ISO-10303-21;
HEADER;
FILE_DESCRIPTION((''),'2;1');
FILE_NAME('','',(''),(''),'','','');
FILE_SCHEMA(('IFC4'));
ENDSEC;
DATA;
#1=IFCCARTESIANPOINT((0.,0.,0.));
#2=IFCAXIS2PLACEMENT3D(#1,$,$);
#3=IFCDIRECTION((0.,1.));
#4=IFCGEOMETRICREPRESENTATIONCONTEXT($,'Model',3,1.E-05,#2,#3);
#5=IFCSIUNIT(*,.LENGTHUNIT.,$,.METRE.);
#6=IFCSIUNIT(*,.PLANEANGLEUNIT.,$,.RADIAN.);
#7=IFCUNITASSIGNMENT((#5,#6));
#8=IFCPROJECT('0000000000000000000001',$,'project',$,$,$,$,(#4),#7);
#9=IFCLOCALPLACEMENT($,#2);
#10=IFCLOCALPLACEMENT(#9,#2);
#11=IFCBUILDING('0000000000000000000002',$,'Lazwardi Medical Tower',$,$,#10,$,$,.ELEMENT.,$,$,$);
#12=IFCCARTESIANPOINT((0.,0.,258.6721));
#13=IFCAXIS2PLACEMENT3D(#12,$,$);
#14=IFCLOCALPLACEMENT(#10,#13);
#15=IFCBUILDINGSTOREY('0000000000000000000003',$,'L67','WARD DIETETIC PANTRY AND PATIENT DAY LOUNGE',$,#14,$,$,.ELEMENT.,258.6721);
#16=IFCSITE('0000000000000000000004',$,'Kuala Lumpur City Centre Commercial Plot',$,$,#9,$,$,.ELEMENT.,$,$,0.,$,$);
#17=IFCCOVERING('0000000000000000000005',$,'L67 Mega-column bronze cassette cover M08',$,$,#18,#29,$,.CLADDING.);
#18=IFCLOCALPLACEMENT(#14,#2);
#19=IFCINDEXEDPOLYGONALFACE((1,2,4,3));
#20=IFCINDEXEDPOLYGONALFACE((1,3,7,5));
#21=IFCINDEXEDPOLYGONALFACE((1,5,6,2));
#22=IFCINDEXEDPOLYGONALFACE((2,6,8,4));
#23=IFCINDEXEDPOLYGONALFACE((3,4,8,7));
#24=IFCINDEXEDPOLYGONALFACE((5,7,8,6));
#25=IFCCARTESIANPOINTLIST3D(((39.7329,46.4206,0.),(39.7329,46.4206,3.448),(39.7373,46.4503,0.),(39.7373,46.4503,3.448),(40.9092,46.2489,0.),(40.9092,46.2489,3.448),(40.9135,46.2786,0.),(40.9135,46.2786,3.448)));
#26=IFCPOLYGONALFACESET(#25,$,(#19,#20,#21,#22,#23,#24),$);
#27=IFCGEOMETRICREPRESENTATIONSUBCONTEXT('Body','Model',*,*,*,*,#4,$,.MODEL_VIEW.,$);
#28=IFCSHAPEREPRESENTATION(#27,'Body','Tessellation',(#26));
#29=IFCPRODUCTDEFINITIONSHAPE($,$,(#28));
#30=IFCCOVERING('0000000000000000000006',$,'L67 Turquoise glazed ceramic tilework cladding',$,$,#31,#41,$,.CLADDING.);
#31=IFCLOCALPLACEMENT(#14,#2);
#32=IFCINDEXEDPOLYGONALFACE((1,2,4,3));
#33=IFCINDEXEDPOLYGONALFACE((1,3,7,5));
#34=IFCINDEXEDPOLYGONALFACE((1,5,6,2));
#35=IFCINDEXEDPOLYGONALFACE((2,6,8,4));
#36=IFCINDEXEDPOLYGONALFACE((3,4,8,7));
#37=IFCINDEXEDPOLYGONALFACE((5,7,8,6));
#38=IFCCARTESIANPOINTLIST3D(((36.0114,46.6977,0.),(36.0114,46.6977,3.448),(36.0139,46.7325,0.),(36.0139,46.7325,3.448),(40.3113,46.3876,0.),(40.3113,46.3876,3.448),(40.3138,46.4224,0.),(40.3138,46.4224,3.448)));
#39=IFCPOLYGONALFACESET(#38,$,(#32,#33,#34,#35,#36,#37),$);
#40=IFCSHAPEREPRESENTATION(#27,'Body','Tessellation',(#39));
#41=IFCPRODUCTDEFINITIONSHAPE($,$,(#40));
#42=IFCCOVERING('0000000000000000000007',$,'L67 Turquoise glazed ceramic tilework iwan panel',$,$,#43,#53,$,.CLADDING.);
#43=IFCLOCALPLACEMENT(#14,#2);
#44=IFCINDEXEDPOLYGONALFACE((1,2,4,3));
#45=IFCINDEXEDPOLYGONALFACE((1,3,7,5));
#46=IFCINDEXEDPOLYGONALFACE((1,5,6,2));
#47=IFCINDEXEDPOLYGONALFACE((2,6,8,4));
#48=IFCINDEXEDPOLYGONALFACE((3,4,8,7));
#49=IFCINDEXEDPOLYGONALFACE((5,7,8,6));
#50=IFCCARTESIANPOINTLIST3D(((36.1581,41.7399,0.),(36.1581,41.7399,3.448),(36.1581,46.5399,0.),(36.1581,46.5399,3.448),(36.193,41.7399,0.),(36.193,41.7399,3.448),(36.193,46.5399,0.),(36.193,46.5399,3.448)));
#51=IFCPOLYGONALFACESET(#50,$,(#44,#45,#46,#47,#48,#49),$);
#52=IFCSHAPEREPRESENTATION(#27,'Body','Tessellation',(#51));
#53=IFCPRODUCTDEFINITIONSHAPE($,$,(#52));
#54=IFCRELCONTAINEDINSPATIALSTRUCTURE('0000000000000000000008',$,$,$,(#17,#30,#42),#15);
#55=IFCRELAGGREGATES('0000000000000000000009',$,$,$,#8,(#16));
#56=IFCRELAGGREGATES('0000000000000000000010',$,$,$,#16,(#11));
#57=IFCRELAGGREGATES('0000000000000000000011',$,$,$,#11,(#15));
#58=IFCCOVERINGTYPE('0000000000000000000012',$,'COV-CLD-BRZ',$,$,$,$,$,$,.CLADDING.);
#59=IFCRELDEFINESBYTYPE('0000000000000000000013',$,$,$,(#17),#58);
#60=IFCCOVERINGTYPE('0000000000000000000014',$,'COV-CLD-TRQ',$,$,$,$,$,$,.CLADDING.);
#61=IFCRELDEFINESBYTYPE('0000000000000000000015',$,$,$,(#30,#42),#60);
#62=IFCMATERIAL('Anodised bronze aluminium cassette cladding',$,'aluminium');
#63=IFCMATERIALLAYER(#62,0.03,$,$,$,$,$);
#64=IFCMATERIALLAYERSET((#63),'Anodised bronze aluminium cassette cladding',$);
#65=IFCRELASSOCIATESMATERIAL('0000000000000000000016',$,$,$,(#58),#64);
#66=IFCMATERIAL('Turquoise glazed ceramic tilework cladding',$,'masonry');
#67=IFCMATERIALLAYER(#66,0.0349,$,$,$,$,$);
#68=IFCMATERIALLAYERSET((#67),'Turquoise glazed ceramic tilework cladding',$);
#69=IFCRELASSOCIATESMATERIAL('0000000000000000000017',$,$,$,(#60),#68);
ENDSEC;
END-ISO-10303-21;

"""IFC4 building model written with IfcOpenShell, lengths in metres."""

from ifc_helpers import new_model, si_unit, direction, frame, origin, origin_2d, place, context, subcontext, project, spatial, rectangle, extrude, material, layer, layer_set, type_object, element, save


model = new_model("IFC4")

# Units and contexts
model_context = context("Model", 3, precision=1e-05, world=origin(), true_north=direction((0.0, 1.0)))
body_context = subcontext(model_context, "Body", "Model", "MODEL_VIEW")
ifc_project = project(units=[si_unit("LENGTHUNIT", "METRE"), si_unit("PLANEANGLEUNIT", "RADIAN")], contexts=[model_context])

# Site, building, storey
site_placement = place(None, origin())
site = spatial("IfcSite", under=ifc_project, at=site_placement, Name="Kuala Lumpur City Centre Commercial Plot", CompositionType="ELEMENT", RefElevation=0.0)
building_placement = place(site_placement, origin())
building = spatial("IfcBuilding", under=site, at=building_placement, Name="Lazwardi Medical Tower", CompositionType="ELEMENT")
storey_placement = place(building_placement, frame((0.0, 0.0, 258.6721)))
storey = spatial("IfcBuildingStorey", under=building, at=storey_placement, Name="L67", Description="WARD DIETETIC PANTRY AND PATIENT DAY LOUNGE", CompositionType="ELEMENT", Elevation=258.6721)

# Coverings
ifc_material_1 = material(Name="Anodised bronze aluminium cassette cladding", Category="aluminium")
ifc_layer_1 = layer(ifc_material_1, 0.03)
ifc_layer_set_1 = layer_set([ifc_layer_1], Name="Anodised bronze aluminium cassette cladding")
covering_type_1 = type_object("IfcCoveringType", Name="COV-CLD-BRZ", PredefinedType="CLADDING", material=ifc_layer_set_1)
covering_1_placement = place(storey_placement, frame((40.3232, 46.3496, 0.0), z_axis=(0.0, 0.0, 1.0), x_axis=(-0.989512, 0.144448, 0.0)))
element("IfcCovering", 1, at=covering_1_placement, inside=storey, type_object=covering_type_1, Name="L67 Mega-column bronze cassette cover M08", PredefinedType="CLADDING", context=body_context, shape_type="SweptSolid", body=[
    extrude(rectangle(XDim=1.1887, YDim=0.03, at=origin_2d()), origin(), (0.0, 0.0, 1.0), 3.448),
])
ifc_material_2 = material(Name="Turquoise glazed ceramic tilework cladding", Category="masonry")
ifc_layer_2 = layer(ifc_material_2, 0.0349)
ifc_layer_set_2 = layer_set([ifc_layer_2], Name="Turquoise glazed ceramic tilework cladding")
covering_type_2 = type_object("IfcCoveringType", Name="COV-CLD-TRQ", PredefinedType="CLADDING", material=ifc_layer_set_2)
covering_2_placement = place(storey_placement, frame((38.1626, 46.5601, 0.0), z_axis=(0.0, 0.0, 1.0), x_axis=(-0.997409, 0.071933, 0.0)))
element("IfcCovering", 2, at=covering_2_placement, inside=storey, type_object=covering_type_2, Name="L67 Turquoise glazed ceramic tilework cladding", PredefinedType="CLADDING", context=body_context, shape_type="SweptSolid", body=[
    extrude(rectangle(XDim=4.311, YDim=0.0349, at=origin_2d()), origin(), (0.0, 0.0, 1.0), 3.448),
])
covering_3_placement = place(storey_placement, frame((36.1755, 44.1399, 0.0), z_axis=(0.0, 0.0, 1.0), x_axis=(0.0, -1.0, 0.0)))
element("IfcCovering", 3, at=covering_3_placement, inside=storey, type_object=covering_type_2, Name="L67 Turquoise glazed ceramic tilework iwan panel", PredefinedType="CLADDING", context=body_context, shape_type="SweptSolid", body=[
    extrude(rectangle(XDim=4.8, YDim=0.0349, at=origin_2d()), origin(), (0.0, 0.0, 1.0), 3.448),
])

save(model, "model.ifc")
